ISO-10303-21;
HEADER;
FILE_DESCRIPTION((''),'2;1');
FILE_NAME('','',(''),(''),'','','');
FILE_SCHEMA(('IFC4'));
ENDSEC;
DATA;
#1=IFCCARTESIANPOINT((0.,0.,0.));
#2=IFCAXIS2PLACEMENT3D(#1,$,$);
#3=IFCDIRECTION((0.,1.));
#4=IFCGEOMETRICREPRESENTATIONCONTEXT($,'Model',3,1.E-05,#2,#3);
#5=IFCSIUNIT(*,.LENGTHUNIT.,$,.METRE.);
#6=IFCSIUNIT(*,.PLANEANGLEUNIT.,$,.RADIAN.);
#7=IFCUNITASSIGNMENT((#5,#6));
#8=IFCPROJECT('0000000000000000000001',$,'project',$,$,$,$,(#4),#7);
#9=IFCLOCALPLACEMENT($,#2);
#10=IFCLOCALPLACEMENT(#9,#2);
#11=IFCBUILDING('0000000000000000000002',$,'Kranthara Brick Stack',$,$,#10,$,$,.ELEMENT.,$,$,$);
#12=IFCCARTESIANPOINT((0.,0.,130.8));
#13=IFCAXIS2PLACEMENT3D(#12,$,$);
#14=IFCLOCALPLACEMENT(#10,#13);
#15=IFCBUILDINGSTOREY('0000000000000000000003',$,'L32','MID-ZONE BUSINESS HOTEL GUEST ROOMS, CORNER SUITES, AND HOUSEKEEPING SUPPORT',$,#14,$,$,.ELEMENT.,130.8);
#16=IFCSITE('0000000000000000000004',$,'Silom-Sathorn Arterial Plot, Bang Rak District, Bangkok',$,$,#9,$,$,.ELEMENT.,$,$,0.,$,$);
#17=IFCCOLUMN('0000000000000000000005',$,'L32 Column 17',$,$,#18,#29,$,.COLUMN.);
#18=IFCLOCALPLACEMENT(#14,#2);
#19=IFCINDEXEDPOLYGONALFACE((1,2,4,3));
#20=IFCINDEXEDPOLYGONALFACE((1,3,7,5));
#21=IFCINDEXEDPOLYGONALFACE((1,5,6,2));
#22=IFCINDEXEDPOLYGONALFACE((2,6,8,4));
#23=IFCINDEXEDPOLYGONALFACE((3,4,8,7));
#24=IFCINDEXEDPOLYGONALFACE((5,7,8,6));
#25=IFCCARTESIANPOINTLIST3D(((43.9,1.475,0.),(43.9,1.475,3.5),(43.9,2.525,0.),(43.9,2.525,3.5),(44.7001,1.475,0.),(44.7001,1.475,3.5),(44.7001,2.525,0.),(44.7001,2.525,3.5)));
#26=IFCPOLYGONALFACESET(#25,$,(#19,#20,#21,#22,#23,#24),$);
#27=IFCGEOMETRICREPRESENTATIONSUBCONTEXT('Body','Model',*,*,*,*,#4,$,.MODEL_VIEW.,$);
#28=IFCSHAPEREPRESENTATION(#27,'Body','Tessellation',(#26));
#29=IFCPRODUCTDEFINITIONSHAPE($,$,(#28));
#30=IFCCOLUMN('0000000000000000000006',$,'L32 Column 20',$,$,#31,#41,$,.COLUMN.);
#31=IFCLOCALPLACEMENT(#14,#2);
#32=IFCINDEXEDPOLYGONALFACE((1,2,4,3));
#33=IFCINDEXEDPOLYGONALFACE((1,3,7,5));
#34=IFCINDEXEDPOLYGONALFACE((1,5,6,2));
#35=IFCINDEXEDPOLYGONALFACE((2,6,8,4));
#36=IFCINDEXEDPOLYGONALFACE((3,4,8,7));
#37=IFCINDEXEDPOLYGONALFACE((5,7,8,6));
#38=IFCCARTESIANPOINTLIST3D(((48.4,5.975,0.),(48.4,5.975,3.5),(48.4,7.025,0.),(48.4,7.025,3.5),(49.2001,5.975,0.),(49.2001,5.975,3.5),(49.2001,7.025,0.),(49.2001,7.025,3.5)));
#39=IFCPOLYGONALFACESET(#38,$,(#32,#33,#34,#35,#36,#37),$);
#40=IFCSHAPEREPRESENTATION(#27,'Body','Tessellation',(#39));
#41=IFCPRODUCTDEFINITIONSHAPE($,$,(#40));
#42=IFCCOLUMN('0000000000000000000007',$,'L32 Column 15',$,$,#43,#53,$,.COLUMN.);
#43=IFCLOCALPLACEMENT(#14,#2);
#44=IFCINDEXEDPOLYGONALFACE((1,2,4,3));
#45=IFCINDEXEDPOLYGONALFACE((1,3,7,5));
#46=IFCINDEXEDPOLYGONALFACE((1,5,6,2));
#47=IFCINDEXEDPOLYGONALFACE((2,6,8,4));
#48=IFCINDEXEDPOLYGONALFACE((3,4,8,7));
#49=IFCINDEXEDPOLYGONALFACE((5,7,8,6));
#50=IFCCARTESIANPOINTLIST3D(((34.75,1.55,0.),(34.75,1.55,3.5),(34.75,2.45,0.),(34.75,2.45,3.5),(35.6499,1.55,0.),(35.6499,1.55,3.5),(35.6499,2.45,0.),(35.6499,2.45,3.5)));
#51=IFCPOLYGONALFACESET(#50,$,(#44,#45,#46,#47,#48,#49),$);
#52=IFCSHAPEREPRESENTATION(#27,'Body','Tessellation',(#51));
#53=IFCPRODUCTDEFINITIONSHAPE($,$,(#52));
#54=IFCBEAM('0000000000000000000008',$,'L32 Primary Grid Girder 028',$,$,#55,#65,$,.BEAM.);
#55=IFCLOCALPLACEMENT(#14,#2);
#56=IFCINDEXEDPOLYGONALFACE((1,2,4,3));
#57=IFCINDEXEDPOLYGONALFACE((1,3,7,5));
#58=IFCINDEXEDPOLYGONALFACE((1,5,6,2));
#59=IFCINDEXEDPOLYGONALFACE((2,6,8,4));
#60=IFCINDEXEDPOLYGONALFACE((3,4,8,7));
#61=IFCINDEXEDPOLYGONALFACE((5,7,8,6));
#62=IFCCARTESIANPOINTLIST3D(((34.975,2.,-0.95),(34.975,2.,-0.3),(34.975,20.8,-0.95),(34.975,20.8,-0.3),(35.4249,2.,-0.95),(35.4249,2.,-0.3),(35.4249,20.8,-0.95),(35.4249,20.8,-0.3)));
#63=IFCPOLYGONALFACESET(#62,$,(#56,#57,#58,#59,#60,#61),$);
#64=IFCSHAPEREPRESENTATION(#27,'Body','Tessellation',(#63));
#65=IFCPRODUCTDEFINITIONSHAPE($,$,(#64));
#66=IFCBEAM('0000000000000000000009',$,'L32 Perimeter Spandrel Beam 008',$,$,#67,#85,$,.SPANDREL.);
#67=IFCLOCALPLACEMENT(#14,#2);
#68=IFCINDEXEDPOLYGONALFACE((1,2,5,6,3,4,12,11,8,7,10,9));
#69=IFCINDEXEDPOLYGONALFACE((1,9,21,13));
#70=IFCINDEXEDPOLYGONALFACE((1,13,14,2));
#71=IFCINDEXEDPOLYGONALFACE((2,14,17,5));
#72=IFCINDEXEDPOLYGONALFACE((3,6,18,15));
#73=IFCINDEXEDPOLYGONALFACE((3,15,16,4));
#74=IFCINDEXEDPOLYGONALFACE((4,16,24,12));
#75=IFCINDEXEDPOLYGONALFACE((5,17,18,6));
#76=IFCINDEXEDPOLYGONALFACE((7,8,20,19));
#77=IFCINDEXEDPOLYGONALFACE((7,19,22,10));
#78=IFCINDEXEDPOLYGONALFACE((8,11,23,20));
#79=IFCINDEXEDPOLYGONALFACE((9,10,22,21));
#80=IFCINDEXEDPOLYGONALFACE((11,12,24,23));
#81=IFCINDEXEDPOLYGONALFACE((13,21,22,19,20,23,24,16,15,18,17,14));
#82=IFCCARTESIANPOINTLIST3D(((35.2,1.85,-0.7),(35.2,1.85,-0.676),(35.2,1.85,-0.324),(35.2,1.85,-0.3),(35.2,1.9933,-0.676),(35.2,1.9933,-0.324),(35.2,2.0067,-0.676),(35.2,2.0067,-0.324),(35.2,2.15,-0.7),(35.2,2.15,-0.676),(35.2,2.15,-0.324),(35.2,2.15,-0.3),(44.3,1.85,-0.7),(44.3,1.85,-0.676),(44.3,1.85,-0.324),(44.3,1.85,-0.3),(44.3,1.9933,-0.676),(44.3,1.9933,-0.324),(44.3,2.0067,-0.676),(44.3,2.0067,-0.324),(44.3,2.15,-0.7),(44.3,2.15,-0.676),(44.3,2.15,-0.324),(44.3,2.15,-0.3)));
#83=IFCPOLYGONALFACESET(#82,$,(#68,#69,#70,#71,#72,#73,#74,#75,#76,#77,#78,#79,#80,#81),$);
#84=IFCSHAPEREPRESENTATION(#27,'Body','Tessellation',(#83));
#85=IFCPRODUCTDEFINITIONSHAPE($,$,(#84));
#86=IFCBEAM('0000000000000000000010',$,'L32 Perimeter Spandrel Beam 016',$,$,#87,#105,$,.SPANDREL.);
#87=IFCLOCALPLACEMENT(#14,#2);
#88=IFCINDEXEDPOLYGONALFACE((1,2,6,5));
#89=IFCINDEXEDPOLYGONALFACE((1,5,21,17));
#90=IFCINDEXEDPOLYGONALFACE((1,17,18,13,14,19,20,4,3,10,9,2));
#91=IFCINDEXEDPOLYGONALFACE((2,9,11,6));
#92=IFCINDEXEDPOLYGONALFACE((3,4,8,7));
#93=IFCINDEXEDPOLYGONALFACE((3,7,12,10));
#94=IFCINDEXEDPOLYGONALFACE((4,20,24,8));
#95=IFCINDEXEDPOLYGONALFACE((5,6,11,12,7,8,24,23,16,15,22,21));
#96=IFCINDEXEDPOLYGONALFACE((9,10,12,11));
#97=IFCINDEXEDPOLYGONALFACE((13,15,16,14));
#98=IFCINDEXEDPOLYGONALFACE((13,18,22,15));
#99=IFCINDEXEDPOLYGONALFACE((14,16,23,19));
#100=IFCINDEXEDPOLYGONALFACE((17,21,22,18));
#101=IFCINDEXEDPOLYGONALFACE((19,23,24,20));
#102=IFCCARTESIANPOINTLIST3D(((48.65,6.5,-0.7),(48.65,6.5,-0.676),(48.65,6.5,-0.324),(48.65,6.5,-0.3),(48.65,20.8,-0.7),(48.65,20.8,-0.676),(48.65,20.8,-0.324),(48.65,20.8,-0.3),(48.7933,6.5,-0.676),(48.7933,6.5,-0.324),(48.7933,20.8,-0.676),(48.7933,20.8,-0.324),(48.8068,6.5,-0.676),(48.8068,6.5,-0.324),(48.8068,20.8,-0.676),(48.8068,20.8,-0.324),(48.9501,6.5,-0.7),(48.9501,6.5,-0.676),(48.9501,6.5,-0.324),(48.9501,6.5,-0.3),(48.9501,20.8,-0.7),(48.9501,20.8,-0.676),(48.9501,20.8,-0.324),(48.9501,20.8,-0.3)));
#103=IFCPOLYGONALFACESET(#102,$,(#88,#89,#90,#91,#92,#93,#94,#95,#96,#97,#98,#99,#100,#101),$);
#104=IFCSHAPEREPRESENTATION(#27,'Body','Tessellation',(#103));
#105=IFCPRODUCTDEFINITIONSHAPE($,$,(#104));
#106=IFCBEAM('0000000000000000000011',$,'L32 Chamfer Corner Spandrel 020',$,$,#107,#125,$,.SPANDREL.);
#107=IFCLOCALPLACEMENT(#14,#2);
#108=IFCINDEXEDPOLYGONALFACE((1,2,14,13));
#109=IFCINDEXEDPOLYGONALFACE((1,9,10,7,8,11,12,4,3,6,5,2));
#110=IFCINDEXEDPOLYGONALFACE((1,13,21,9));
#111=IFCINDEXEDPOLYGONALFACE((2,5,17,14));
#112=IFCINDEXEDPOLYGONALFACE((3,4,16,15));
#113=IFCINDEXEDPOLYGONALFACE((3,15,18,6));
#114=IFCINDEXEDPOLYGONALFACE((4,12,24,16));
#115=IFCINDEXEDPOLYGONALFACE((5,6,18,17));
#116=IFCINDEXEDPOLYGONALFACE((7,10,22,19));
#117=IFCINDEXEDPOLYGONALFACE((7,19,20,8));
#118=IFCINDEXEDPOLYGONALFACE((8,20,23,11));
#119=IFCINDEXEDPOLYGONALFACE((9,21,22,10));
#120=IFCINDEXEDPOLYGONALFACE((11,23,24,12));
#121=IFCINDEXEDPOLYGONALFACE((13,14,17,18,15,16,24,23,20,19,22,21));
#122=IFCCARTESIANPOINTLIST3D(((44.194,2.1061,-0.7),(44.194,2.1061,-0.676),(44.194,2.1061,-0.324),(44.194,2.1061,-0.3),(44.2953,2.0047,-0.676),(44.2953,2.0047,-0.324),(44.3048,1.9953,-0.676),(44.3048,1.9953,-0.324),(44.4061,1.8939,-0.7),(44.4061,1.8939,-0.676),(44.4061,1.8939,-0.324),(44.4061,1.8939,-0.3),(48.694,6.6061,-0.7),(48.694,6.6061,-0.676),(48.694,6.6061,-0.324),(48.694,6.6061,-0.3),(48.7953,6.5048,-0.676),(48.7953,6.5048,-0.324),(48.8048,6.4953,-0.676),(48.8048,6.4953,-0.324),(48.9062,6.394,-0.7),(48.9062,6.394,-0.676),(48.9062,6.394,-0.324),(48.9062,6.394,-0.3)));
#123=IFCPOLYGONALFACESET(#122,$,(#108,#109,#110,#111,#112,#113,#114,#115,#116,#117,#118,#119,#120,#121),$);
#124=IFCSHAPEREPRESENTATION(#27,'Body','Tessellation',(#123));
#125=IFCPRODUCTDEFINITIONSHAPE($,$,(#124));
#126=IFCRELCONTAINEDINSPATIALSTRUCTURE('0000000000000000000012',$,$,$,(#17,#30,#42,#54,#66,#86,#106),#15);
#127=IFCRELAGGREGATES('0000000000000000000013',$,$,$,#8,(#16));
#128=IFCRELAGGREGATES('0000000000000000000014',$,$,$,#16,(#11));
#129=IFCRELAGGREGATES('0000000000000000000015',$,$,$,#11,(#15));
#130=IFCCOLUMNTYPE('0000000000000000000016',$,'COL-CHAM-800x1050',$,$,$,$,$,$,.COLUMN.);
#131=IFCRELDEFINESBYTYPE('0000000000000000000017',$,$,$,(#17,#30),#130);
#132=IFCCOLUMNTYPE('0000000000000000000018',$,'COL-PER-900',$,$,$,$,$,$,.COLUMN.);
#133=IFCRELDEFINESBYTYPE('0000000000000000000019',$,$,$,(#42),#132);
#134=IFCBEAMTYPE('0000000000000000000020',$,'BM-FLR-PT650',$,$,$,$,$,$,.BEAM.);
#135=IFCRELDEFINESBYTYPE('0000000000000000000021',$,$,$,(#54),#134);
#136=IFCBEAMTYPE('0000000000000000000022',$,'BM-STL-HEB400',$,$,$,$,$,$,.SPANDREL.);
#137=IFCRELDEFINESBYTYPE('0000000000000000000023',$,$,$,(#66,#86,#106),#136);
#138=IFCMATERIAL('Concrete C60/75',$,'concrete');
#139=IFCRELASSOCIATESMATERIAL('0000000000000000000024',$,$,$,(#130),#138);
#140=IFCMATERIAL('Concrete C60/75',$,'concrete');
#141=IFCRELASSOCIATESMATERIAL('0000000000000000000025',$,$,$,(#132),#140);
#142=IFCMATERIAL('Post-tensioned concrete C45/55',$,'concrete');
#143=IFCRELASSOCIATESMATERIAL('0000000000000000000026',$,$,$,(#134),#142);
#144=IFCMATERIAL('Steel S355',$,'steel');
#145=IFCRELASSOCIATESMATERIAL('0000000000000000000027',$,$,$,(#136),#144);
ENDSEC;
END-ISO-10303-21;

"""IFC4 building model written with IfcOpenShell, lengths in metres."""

from ifc_helpers import new_model, si_unit, direction, frame, origin, origin_2d, place, context, subcontext, project, spatial, rectangle, i_section, extrude, material, material_profile, profile_set, type_object, element, save


model = new_model("IFC4")

# Units and contexts
model_context = context("Model", 3, precision=1e-05, world=origin(), true_north=direction((0.0, 1.0)))
body_context = subcontext(model_context, "Body", "Model", "MODEL_VIEW")
ifc_project = project(units=[si_unit("LENGTHUNIT", "METRE"), si_unit("PLANEANGLEUNIT", "RADIAN")], contexts=[model_context])

# Site, building, storey
site_placement = place(None, origin())
site = spatial("IfcSite", under=ifc_project, at=site_placement, Name="Silom-Sathorn Arterial Plot, Bang Rak District, Bangkok", CompositionType="ELEMENT", RefElevation=0.0)
building_placement = place(site_placement, origin())
building = spatial("IfcBuilding", under=site, at=building_placement, Name="Kranthara Brick Stack", CompositionType="ELEMENT")
storey_placement = place(building_placement, frame((0.0, 0.0, 130.8)))
storey = spatial("IfcBuildingStorey", under=building, at=storey_placement, Name="L32", Description="MID-ZONE BUSINESS HOTEL GUEST ROOMS, CORNER SUITES, AND HOUSEKEEPING SUPPORT", CompositionType="ELEMENT", Elevation=130.8)

# Columns
ifc_material_1 = material(Name="Concrete C60/75", Category="concrete")
ifc_material_profile_1 = material_profile(ifc_material_1, rectangle(XDim=0.8, YDim=1.05, at=origin_2d()), Name="RC 800x1050")
ifc_profile_set_1 = profile_set([ifc_material_profile_1], Name="Concrete C60/75")
column_type_1 = type_object("IfcColumnType", Name="COL-CHAM-800x1050", PredefinedType="COLUMN", material=ifc_profile_set_1)
for number, where, z_axis, x_axis, name in (
    (1, (44.3, 2.0, 0.0), (0.0, 0.0, 1.0), (1.0, 0.0, 0.0), "L32 Column 17"),
    (2, (48.8, 6.5, 0.0), (0.0, 0.0, 1.0), (1.0, 0.0, 0.0), "L32 Column 20"),
):
    element("IfcColumn", number, at=place(storey_placement, frame(where, z_axis=z_axis, x_axis=x_axis)), inside=storey, type_object=column_type_1, Name=name, PredefinedType="COLUMN", context=body_context, shape_type="SweptSolid", body=[
        extrude(rectangle(XDim=0.8, YDim=1.05, at=origin_2d()), origin(), (0.0, 0.0, 1.0), 3.5),
    ])
ifc_material_2 = material(Name="Concrete C60/75", Category="concrete")
ifc_material_profile_2 = material_profile(ifc_material_2, rectangle(XDim=0.8999, YDim=0.8999, at=origin_2d()), Name="RC 900x900")
ifc_profile_set_2 = profile_set([ifc_material_profile_2], Name="Concrete C60/75")
column_type_2 = type_object("IfcColumnType", Name="COL-PER-900", PredefinedType="COLUMN", material=ifc_profile_set_2)
column_placement = place(storey_placement, frame((35.2, 2.0, 0.0), z_axis=(0.0, 0.0, 1.0), x_axis=(1.0, 0.0, 0.0)))
element("IfcColumn", 3, at=column_placement, inside=storey, type_object=column_type_2, Name="L32 Column 15", PredefinedType="COLUMN", context=body_context, shape_type="SweptSolid", body=[
    extrude(rectangle(XDim=0.8999, YDim=0.8999, at=origin_2d()), origin(), (0.0, 0.0, 1.0), 3.5),
])

# Beams
ifc_material_3 = material(Name="Post-tensioned concrete C45/55", Category="concrete")
ifc_material_profile_3 = material_profile(ifc_material_3, rectangle(XDim=0.45, YDim=0.6499, at=origin_2d()), Name="PT 450x650")
ifc_profile_set_3 = profile_set([ifc_material_profile_3], Name="Post-tensioned concrete C45/55")
beam_type_1 = type_object("IfcBeamType", Name="BM-FLR-PT650", PredefinedType="BEAM", material=ifc_profile_set_3)
beam_1_placement = place(storey_placement, frame((35.2, 2.0, -0.625), z_axis=(0.0, 1.0, 0.0), x_axis=(-1.0, 0.0, 0.0)))
element("IfcBeam", 4, at=beam_1_placement, inside=storey, type_object=beam_type_1, Name="L32 Primary Grid Girder 028", PredefinedType="BEAM", context=body_context, shape_type="SweptSolid", body=[
    extrude(rectangle(XDim=0.45, YDim=0.6499, at=origin_2d()), origin(), (0.0, 0.0, 1.0), 18.8),
])
ifc_material_4 = material(Name="Steel S355", Category="steel")
ifc_material_profile_4 = material_profile(ifc_material_4, i_section(OverallWidth=0.3, OverallDepth=0.3999, WebThickness=0.0134, FlangeThickness=0.0239, at=origin_2d()), Name="HEB 400")
ifc_profile_set_4 = profile_set([ifc_material_profile_4], Name="Steel S355")
beam_type_2 = type_object("IfcBeamType", Name="BM-STL-HEB400", PredefinedType="SPANDREL", material=ifc_profile_set_4)
beam_2_placement = place(storey_placement, frame((35.2, 2.0, -0.5), z_axis=(1.0, 0.0, 0.0), x_axis=(0.0, 1.0, 0.0)))
element("IfcBeam", 5, at=beam_2_placement, inside=storey, type_object=beam_type_2, Name="L32 Perimeter Spandrel Beam 008", PredefinedType="SPANDREL", context=body_context, shape_type="SweptSolid", body=[
    extrude(i_section(OverallWidth=0.3, OverallDepth=0.3999, WebThickness=0.0134, FlangeThickness=0.0239, at=origin_2d()), origin(), (0.0, 0.0, 1.0), 9.1001),
])
beam_3_placement = place(storey_placement, frame((48.8, 6.5, -0.5), z_axis=(0.0, 1.0, 0.0), x_axis=(-1.0, 0.0, 0.0)))
element("IfcBeam", 6, at=beam_3_placement, inside=storey, type_object=beam_type_2, Name="L32 Perimeter Spandrel Beam 016", PredefinedType="SPANDREL", context=body_context, shape_type="SweptSolid", body=[
    extrude(i_section(OverallWidth=0.3, OverallDepth=0.3999, WebThickness=0.0134, FlangeThickness=0.0239, at=origin_2d()), origin(), (0.0, 0.0, 1.0), 14.3),
])
beam_4_placement = place(storey_placement, frame((44.3, 2.0, -0.5), z_axis=(0.707107, 0.707107, 0.0), x_axis=(-0.707107, 0.707107, 0.0)))
element("IfcBeam", 7, at=beam_4_placement, inside=storey, type_object=beam_type_2, Name="L32 Chamfer Corner Spandrel 020", PredefinedType="SPANDREL", context=body_context, shape_type="SweptSolid", body=[
    extrude(i_section(OverallWidth=0.3, OverallDepth=0.3999, WebThickness=0.0134, FlangeThickness=0.0239, at=origin_2d()), origin(), (0.0, 0.0, 1.0), 6.364),
])

save(model, "model.ifc")
